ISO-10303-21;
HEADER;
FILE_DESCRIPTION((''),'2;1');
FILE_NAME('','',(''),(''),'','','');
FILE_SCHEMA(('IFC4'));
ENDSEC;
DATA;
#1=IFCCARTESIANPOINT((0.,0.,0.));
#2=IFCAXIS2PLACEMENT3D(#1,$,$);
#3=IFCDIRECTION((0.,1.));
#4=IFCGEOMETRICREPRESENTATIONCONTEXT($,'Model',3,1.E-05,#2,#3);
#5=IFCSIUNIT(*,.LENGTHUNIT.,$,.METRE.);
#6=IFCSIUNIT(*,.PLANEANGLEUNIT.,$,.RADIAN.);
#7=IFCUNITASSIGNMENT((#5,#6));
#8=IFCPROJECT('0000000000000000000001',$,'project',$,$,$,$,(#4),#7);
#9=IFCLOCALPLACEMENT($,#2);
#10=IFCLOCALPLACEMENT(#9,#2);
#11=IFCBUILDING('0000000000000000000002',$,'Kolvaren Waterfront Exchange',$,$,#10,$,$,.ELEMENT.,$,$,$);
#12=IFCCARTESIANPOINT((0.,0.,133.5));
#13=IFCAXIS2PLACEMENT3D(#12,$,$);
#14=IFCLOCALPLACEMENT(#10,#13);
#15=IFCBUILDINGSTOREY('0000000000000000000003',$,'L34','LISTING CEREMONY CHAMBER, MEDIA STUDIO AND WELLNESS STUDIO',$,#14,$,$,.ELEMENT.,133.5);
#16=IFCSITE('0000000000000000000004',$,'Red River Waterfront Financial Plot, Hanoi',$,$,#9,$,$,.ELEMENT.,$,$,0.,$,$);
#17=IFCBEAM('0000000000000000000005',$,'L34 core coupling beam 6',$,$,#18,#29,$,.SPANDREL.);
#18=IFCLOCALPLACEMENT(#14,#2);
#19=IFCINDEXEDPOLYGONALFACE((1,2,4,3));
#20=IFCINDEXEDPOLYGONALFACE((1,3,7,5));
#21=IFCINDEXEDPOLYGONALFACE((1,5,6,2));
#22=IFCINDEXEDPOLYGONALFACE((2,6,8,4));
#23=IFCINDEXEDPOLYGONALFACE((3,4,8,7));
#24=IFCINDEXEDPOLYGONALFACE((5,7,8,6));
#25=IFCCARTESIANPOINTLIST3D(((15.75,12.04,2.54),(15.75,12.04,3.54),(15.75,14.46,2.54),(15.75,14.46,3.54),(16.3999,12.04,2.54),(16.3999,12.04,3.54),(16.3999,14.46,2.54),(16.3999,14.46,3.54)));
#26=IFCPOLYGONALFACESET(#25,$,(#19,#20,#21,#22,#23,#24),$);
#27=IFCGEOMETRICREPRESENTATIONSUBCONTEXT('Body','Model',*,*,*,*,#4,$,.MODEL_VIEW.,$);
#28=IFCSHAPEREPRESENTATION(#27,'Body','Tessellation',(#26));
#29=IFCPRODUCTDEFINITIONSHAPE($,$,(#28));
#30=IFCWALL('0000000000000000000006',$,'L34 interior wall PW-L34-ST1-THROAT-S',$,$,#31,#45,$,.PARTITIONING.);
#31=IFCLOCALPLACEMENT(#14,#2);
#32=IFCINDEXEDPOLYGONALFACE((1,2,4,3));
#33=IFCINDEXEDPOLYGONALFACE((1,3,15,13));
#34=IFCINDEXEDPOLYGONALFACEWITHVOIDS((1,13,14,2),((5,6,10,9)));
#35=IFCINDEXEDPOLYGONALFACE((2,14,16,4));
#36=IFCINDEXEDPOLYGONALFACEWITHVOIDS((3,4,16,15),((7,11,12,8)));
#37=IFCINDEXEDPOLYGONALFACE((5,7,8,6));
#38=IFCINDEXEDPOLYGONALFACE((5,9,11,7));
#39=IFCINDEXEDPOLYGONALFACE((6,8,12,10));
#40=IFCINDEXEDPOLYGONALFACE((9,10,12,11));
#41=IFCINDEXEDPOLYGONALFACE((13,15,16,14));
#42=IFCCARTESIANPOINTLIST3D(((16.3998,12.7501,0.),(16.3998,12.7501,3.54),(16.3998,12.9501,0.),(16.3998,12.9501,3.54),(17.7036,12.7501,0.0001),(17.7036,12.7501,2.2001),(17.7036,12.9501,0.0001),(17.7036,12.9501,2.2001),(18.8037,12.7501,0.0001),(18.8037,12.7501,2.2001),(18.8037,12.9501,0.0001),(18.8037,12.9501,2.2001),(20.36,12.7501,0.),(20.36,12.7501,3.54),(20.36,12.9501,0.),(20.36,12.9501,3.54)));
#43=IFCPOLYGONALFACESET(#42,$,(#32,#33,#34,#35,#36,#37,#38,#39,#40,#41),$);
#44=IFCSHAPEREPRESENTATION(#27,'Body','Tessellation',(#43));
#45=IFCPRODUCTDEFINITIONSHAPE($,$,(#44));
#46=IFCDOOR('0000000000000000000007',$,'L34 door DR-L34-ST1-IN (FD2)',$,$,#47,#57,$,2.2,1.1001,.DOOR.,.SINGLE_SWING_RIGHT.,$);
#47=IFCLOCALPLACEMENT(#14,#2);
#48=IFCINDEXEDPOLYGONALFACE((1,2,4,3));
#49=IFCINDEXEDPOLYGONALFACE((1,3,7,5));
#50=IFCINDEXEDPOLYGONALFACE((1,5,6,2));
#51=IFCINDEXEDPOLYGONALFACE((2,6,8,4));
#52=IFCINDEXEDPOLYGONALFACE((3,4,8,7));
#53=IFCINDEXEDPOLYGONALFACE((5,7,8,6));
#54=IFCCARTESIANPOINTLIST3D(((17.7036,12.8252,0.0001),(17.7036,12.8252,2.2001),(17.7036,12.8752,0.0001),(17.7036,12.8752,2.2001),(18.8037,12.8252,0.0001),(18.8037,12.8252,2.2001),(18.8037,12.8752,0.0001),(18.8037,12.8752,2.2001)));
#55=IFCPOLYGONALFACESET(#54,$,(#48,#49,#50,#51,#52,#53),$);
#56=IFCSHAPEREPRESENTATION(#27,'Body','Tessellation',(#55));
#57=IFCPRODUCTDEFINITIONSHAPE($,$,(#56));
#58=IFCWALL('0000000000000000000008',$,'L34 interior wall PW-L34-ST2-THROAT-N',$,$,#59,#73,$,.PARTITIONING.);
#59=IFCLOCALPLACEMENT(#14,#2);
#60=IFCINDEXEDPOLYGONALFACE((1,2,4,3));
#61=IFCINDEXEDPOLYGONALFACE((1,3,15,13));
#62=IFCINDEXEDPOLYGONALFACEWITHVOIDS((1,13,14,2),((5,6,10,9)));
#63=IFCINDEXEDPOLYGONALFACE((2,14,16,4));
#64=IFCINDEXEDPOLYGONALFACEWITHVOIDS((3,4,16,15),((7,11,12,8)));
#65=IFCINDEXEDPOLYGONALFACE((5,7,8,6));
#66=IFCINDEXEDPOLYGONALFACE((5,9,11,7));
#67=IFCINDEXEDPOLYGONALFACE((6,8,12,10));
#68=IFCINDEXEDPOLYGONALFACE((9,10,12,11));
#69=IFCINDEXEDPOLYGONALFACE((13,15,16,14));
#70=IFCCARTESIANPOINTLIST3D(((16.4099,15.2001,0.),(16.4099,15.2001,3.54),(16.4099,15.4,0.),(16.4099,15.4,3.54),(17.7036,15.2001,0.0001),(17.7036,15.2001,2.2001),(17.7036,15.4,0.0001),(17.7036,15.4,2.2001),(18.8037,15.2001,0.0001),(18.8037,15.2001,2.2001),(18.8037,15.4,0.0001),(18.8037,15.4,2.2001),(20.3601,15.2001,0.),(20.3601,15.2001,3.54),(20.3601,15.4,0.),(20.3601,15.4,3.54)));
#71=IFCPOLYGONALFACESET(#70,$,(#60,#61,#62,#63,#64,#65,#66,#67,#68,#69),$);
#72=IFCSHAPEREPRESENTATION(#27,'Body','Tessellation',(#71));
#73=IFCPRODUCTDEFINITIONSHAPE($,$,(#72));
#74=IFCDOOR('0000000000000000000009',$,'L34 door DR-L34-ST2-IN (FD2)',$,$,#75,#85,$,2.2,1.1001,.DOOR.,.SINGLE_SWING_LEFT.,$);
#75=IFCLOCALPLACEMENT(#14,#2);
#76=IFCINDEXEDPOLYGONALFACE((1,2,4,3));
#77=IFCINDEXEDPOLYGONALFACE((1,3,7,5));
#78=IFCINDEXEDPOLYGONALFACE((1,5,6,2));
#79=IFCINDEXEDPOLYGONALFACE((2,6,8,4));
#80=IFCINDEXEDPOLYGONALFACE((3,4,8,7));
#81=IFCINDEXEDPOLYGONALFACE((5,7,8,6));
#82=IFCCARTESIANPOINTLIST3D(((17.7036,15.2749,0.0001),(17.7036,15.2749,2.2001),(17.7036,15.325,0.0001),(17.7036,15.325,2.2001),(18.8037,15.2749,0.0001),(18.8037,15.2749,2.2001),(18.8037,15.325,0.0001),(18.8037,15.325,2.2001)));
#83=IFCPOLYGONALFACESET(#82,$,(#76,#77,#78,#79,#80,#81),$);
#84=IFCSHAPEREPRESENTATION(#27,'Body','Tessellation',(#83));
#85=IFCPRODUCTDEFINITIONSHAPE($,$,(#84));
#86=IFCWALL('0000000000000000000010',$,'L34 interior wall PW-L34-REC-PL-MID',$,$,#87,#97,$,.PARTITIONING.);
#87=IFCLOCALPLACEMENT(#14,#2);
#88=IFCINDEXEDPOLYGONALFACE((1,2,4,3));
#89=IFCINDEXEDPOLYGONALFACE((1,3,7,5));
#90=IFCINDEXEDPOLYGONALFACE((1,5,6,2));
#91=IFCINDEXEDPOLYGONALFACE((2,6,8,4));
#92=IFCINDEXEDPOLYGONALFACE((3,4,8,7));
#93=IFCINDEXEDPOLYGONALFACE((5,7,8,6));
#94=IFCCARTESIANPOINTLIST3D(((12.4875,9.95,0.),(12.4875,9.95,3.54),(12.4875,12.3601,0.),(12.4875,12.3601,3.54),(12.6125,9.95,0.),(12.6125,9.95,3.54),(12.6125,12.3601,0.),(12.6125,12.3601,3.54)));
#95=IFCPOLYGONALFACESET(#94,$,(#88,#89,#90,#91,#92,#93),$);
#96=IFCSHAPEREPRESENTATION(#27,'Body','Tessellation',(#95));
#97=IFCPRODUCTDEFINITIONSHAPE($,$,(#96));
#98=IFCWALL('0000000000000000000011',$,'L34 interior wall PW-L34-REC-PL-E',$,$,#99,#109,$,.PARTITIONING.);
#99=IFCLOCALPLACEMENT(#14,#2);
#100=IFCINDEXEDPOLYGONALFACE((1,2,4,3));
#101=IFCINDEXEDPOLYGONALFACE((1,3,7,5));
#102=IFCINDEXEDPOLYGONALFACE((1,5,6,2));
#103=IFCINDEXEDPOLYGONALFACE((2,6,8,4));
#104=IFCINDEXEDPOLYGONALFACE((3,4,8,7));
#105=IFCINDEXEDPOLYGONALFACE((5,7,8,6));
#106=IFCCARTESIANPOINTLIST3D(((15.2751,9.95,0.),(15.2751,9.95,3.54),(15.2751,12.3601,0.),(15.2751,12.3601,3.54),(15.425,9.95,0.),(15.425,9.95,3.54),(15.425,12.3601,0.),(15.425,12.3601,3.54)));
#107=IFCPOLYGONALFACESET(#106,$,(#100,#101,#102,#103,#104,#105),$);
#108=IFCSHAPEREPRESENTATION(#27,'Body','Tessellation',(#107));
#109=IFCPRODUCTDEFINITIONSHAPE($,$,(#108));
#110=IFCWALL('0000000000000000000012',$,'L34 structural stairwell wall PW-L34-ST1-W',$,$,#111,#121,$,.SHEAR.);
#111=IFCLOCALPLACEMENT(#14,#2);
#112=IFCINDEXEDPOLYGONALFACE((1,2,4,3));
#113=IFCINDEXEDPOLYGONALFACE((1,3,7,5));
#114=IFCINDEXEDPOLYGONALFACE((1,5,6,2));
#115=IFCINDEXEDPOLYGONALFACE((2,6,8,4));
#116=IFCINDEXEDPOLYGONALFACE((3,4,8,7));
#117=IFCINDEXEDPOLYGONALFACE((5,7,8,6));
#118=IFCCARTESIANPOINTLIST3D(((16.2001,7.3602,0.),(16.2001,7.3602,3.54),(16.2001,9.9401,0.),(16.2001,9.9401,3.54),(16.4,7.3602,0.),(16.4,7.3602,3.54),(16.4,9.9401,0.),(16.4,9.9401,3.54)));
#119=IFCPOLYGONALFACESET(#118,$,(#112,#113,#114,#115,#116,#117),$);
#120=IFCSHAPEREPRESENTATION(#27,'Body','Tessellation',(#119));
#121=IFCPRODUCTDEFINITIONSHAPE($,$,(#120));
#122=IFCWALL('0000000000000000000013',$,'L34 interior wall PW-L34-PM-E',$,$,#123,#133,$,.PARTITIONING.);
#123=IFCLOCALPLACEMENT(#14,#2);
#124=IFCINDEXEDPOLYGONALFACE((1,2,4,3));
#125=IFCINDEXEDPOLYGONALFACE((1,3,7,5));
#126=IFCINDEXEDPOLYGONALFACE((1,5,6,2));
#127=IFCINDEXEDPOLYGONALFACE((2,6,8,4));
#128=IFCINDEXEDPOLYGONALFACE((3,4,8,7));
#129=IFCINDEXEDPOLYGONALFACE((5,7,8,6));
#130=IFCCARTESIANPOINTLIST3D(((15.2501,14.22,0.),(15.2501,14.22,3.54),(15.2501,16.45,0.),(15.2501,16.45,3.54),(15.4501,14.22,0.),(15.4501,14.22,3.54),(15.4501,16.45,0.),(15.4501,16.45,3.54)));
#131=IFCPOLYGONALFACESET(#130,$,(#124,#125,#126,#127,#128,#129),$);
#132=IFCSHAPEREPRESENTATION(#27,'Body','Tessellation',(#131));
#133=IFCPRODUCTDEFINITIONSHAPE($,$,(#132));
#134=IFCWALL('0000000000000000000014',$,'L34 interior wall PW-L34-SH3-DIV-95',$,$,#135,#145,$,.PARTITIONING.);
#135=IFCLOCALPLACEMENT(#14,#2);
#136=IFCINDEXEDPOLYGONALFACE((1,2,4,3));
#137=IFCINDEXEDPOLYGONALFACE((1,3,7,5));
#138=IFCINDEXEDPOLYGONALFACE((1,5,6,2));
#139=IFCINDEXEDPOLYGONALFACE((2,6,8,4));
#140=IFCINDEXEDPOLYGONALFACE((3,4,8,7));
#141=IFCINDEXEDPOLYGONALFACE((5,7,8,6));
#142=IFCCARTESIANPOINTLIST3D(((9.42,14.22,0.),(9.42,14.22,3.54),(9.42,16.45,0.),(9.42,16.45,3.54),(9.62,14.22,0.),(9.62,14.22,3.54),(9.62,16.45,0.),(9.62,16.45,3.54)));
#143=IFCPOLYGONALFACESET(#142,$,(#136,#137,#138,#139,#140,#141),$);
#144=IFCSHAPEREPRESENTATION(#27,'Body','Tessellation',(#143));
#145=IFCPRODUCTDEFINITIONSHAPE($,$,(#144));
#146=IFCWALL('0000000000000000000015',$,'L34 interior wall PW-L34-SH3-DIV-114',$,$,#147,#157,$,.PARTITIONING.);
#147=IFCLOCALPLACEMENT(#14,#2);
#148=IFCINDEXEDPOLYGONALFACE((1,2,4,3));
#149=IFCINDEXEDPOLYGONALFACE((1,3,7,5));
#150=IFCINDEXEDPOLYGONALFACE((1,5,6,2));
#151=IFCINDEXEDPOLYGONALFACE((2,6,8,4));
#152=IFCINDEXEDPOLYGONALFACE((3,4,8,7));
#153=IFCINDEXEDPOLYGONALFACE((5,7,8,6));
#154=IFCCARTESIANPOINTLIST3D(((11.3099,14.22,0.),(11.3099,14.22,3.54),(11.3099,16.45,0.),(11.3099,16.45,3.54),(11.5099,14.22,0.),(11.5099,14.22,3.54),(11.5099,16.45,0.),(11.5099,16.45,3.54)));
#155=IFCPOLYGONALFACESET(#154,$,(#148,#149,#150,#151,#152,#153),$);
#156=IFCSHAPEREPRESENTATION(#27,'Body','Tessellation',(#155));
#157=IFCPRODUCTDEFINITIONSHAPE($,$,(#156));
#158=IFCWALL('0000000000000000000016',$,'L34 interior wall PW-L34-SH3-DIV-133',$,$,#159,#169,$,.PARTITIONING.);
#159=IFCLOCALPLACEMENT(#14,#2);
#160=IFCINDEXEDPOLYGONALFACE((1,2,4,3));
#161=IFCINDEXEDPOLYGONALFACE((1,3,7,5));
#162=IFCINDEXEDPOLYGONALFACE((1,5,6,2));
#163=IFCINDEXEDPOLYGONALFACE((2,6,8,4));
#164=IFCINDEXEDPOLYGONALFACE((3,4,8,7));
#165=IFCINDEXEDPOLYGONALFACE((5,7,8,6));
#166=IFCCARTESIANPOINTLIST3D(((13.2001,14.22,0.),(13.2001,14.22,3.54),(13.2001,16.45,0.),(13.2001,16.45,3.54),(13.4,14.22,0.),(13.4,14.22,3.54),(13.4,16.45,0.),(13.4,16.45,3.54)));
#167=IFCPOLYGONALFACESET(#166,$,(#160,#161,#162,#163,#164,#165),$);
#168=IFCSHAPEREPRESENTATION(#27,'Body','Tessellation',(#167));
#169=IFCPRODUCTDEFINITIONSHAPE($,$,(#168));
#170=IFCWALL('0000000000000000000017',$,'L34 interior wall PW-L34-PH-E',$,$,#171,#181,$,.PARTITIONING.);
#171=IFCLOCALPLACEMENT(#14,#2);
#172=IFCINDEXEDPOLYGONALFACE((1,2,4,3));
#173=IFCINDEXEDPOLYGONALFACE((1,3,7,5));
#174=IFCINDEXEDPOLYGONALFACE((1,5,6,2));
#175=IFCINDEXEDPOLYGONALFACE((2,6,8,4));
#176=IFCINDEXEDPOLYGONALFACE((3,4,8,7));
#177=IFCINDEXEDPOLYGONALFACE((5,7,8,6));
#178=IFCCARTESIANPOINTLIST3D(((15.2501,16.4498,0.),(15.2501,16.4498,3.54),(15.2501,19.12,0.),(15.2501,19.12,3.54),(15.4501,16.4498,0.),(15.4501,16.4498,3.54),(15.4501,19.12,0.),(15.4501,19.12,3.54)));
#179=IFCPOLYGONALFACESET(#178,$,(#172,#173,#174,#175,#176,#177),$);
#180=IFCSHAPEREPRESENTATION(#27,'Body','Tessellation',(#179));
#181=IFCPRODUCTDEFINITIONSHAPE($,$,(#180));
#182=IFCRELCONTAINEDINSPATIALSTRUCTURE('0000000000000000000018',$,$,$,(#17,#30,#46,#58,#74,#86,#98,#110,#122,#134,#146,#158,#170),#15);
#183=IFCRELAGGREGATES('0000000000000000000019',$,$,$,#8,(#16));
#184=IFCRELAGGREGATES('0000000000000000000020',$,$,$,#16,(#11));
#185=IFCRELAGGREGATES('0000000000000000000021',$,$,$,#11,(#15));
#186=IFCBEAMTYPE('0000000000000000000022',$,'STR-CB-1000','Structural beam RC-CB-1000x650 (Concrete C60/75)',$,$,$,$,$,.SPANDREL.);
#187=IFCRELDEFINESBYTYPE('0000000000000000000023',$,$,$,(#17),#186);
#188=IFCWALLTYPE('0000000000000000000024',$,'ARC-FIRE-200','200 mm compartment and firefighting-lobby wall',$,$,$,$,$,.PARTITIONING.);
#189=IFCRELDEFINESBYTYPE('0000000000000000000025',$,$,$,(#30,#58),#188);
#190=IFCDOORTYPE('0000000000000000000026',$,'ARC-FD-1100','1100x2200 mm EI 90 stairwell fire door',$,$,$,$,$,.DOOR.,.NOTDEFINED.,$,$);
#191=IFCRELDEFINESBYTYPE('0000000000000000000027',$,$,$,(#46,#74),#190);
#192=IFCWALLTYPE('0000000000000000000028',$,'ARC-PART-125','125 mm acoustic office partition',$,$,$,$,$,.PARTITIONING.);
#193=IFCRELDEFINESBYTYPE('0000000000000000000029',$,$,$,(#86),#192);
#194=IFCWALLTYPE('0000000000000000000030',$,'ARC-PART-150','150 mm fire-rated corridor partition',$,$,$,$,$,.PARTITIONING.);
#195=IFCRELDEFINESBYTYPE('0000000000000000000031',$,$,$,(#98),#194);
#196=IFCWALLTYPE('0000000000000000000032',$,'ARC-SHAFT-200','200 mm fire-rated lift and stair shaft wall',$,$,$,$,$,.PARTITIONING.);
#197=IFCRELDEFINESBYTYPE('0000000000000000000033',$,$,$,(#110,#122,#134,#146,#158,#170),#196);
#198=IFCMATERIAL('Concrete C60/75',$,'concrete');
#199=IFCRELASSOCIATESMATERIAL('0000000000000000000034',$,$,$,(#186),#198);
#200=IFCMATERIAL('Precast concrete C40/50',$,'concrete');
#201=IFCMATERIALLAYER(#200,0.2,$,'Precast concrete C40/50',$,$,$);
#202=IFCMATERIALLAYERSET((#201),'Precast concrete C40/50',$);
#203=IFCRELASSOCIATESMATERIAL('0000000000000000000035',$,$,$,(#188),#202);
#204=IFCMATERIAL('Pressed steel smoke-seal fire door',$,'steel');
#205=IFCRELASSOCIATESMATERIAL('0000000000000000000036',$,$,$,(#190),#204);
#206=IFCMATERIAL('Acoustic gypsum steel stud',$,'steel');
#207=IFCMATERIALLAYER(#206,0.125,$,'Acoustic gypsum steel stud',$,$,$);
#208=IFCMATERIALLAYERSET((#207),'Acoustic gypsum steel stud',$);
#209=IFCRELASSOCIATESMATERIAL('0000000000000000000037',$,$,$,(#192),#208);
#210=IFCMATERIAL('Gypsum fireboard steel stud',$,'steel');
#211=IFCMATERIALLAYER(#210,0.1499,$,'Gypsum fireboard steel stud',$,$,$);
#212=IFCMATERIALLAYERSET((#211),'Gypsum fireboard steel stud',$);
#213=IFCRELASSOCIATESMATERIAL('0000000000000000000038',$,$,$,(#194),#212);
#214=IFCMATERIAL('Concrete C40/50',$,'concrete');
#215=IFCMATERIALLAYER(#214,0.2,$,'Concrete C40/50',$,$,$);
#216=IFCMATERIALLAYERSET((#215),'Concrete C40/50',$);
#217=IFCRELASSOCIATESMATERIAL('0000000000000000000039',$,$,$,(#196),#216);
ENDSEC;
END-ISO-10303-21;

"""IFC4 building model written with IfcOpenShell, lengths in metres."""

from ifc_helpers import new_model, si_unit, direction, frame, frame_2d, origin, origin_2d, place, context, subcontext, project, spatial, rectangle, extrude, material, layer, layer_set, material_profile, profile_set, type_object, element, fill, save


model = new_model("IFC4")

# Units and contexts
model_context = context("Model", 3, precision=1e-05, world=origin(), true_north=direction((0.0, 1.0)))
body_context = subcontext(model_context, "Body", "Model", "MODEL_VIEW")
ifc_project = project(units=[si_unit("LENGTHUNIT", "METRE"), si_unit("PLANEANGLEUNIT", "RADIAN")], contexts=[model_context])

# Site, building, storey
site_placement = place(None, origin())
site = spatial("IfcSite", under=ifc_project, at=site_placement, Name="Red River Waterfront Financial Plot, Hanoi", CompositionType="ELEMENT", RefElevation=0.0)
building_placement = place(site_placement, origin())
building = spatial("IfcBuilding", under=site, at=building_placement, Name="Kolvaren Waterfront Exchange", CompositionType="ELEMENT")
storey_placement = place(building_placement, frame((0.0, 0.0, 133.5)))
storey = spatial("IfcBuildingStorey", under=building, at=storey_placement, Name="L34", Description="LISTING CEREMONY CHAMBER, MEDIA STUDIO AND WELLNESS STUDIO", CompositionType="ELEMENT", Elevation=133.5)

# Beam
ifc_material_1 = material(Name="Concrete C60/75", Category="concrete")
ifc_material_profile = material_profile(ifc_material_1, rectangle(XDim=0.6499, YDim=1.0, at=origin_2d()), Name="RC-CB-1000x650")
ifc_profile_set = profile_set([ifc_material_profile], Name="Concrete C60/75")
beam_type = type_object("IfcBeamType", Name="STR-CB-1000", Description="Structural beam RC-CB-1000x650 (Concrete C60/75)", PredefinedType="SPANDREL", material=ifc_profile_set)
beam_placement = place(storey_placement, frame((16.075, 12.04, 3.04), z_axis=(0.0, 1.0, 0.0), x_axis=(-1.0, 0.0, 0.0)))
element("IfcBeam", 1, at=beam_placement, inside=storey, type_object=beam_type, Name="L34 core coupling beam 6", PredefinedType="SPANDREL", context=body_context, shape_type="SweptSolid", body=[
    extrude(rectangle(XDim=0.6499, YDim=1.0, at=origin_2d()), origin(), (0.0, 0.0, 1.0), 2.4199),
])

# Walls, openings, doors
ifc_material_2 = material(Name="Precast concrete C40/50", Category="concrete")
ifc_layer_1 = layer(ifc_material_2, 0.2, Name="Precast concrete C40/50")
ifc_layer_set_1 = layer_set([ifc_layer_1], Name="Precast concrete C40/50")
wall_type_1 = type_object("IfcWallType", Name="ARC-FIRE-200", Description="200 mm compartment and firefighting-lobby wall", PredefinedType="PARTITIONING", material=ifc_layer_set_1)
wall_1_placement = place(storey_placement, frame((16.3999, 12.8501, 0.0), z_axis=(0.0, 0.0, 1.0), x_axis=(1.0, 0.0, 0.0)))
wall_1 = element("IfcWall", 2, at=wall_1_placement, inside=storey, type_object=wall_type_1, Name="L34 interior wall PW-L34-ST1-THROAT-S", PredefinedType="PARTITIONING", context=body_context, shape_type="SweptSolid", body=[
    extrude(rectangle(XDim=3.9602, YDim=0.2, at=frame_2d((1.98, 0.0))), origin(), (0.0, 0.0, 1.0), 3.54),
])
opening_1_placement = place(wall_1_placement, frame((1.3037, 0.0, 0.0)))
opening_1 = element("IfcOpeningElement", 3, at=opening_1_placement, cuts=wall_1, PredefinedType="OPENING", context=body_context, shape_type="SweptSolid", body=[
    extrude(rectangle(XDim=1.1001, YDim=2.2, at=frame_2d((0.55, 1.1001))), frame((0.0, 0.1099, 0.0), z_axis=(0.0, -1.0, 0.0), x_axis=(1.0, 0.0, 0.0)), (0.0, 0.0, 1.0), 0.22),
])
ifc_material_3 = material(Name="Pressed steel smoke-seal fire door", Category="steel")
door_type = type_object("IfcDoorType", Name="ARC-FD-1100", Description="1100x2200 mm EI 90 stairwell fire door", OperationType="NOTDEFINED", PredefinedType="DOOR", material=ifc_material_3)
door_1_placement = place(opening_1_placement, frame((1.1001, 0.0, 0.0), z_axis=(0.0, 0.0, 1.0), x_axis=(-1.0, 0.0, 0.0)))
door_1 = element("IfcDoor", 4, at=door_1_placement, inside=storey, type_object=door_type, Name="L34 door DR-L34-ST1-IN (FD2)", OperationType="SINGLE_SWING_RIGHT", OverallHeight=2.2, OverallWidth=1.1001, PredefinedType="DOOR", context=body_context, shape_type="SweptSolid", body=[
    extrude(rectangle(XDim=1.1001, YDim=2.2, at=frame_2d((0.55, 1.1001))), frame((0.0, 0.0249, 0.0), z_axis=(0.0, -1.0, 0.0), x_axis=(1.0, 0.0, 0.0)), (0.0, 0.0, 1.0), 0.05),
])
fill(opening_1, door_1)
wall_2_placement = place(storey_placement, frame((16.4099, 15.3, 0.0), z_axis=(0.0, 0.0, 1.0), x_axis=(1.0, 0.0, 0.0)))
wall_2 = element("IfcWall", 5, at=wall_2_placement, inside=storey, type_object=wall_type_1, Name="L34 interior wall PW-L34-ST2-THROAT-N", PredefinedType="PARTITIONING", context=body_context, shape_type="SweptSolid", body=[
    extrude(rectangle(XDim=3.9502, YDim=0.2, at=frame_2d((1.9751, 0.0))), origin(), (0.0, 0.0, 1.0), 3.54),
])
opening_2_placement = place(wall_2_placement, frame((1.2937, 0.0, 0.0)))
opening_2 = element("IfcOpeningElement", 6, at=opening_2_placement, cuts=wall_2, PredefinedType="OPENING", context=body_context, shape_type="SweptSolid", body=[
    extrude(rectangle(XDim=1.1001, YDim=2.2, at=frame_2d((0.55, 1.1001))), frame((0.0, 0.1099, 0.0), z_axis=(0.0, -1.0, 0.0), x_axis=(1.0, 0.0, 0.0)), (0.0, 0.0, 1.0), 0.22),
])
door_2_placement = place(opening_2_placement, origin())
door_2 = element("IfcDoor", 7, at=door_2_placement, inside=storey, type_object=door_type, Name="L34 door DR-L34-ST2-IN (FD2)", OperationType="SINGLE_SWING_LEFT", OverallHeight=2.2, OverallWidth=1.1001, PredefinedType="DOOR", context=body_context, shape_type="SweptSolid", body=[
    extrude(rectangle(XDim=1.1001, YDim=2.2, at=frame_2d((0.55, 1.1001))), frame((0.0, 0.0249, 0.0), z_axis=(0.0, -1.0, 0.0), x_axis=(1.0, 0.0, 0.0)), (0.0, 0.0, 1.0), 0.05),
])
fill(opening_2, door_2)

# Walls
ifc_material_4 = material(Name="Acoustic gypsum steel stud", Category="steel")
ifc_layer_2 = layer(ifc_material_4, 0.125, Name="Acoustic gypsum steel stud")
ifc_layer_set_2 = layer_set([ifc_layer_2], Name="Acoustic gypsum steel stud")
wall_type_2 = type_object("IfcWallType", Name="ARC-PART-125", Description="125 mm acoustic office partition", PredefinedType="PARTITIONING", material=ifc_layer_set_2)
wall_3_placement = place(storey_placement, frame((12.55, 9.95, 0.0), z_axis=(0.0, 0.0, 1.0), x_axis=(0.0, 1.0, 0.0)))
element("IfcWall", 8, at=wall_3_placement, inside=storey, type_object=wall_type_2, Name="L34 interior wall PW-L34-REC-PL-MID", PredefinedType="PARTITIONING", context=body_context, shape_type="SweptSolid", body=[
    extrude(rectangle(XDim=2.4102, YDim=0.125, at=frame_2d((1.2051, 0.0))), origin(), (0.0, 0.0, 1.0), 3.54),
])
ifc_material_5 = material(Name="Gypsum fireboard steel stud", Category="steel")
ifc_layer_3 = layer(ifc_material_5, 0.1499, Name="Gypsum fireboard steel stud")
ifc_layer_set_3 = layer_set([ifc_layer_3], Name="Gypsum fireboard steel stud")
wall_type_3 = type_object("IfcWallType", Name="ARC-PART-150", Description="150 mm fire-rated corridor partition", PredefinedType="PARTITIONING", material=ifc_layer_set_3)
wall_4_placement = place(storey_placement, frame((15.3501, 9.95, 0.0), z_axis=(0.0, 0.0, 1.0), x_axis=(0.0, 1.0, 0.0)))
element("IfcWall", 9, at=wall_4_placement, inside=storey, type_object=wall_type_3, Name="L34 interior wall PW-L34-REC-PL-E", PredefinedType="PARTITIONING", context=body_context, shape_type="SweptSolid", body=[
    extrude(rectangle(XDim=2.4102, YDim=0.1499, at=frame_2d((1.2051, 0.0))), origin(), (0.0, 0.0, 1.0), 3.54),
])
ifc_material_6 = material(Name="Concrete C40/50", Category="concrete")
ifc_layer_4 = layer(ifc_material_6, 0.2, Name="Concrete C40/50")
ifc_layer_set_4 = layer_set([ifc_layer_4], Name="Concrete C40/50")
wall_type_4 = type_object("IfcWallType", Name="ARC-SHAFT-200", Description="200 mm fire-rated lift and stair shaft wall", PredefinedType="PARTITIONING", material=ifc_layer_set_4)
wall_5_placement = place(storey_placement, frame((16.3, 7.3601, 0.0), z_axis=(0.0, 0.0, 1.0), x_axis=(0.0, 1.0, 0.0)))
element("IfcWall", 10, at=wall_5_placement, inside=storey, type_object=wall_type_4, Name="L34 structural stairwell wall PW-L34-ST1-W", PredefinedType="SHEAR", context=body_context, shape_type="SweptSolid", body=[
    extrude(rectangle(XDim=2.5798, YDim=0.2, at=frame_2d((1.29, 0.0))), origin(), (0.0, 0.0, 1.0), 3.54),
])
for number, where, z_axis, x_axis, name in (
    (11, (15.3501, 14.22, 0.0), (0.0, 0.0, 1.0), (0.0, 1.0, 0.0), "L34 interior wall PW-L34-PM-E"),
    (12, (9.52, 14.22, 0.0), (0.0, 0.0, 1.0), (0.0, 1.0, 0.0), "L34 interior wall PW-L34-SH3-DIV-95"),
    (13, (11.4099, 14.22, 0.0), (0.0, 0.0, 1.0), (0.0, 1.0, 0.0), "L34 interior wall PW-L34-SH3-DIV-114"),
    (14, (13.3, 14.22, 0.0), (0.0, 0.0, 1.0), (0.0, 1.0, 0.0), "L34 interior wall PW-L34-SH3-DIV-133"),
):
    element("IfcWall", number, at=place(storey_placement, frame(where, z_axis=z_axis, x_axis=x_axis)), inside=storey, type_object=wall_type_4, Name=name, PredefinedType="PARTITIONING", context=body_context, shape_type="SweptSolid", body=[
        extrude(rectangle(XDim=2.23, YDim=0.2, at=frame_2d((1.115, 0.0))), origin(), (0.0, 0.0, 1.0), 3.54),
    ])
for number, where, z_axis, x_axis, name in (
    (15, (15.3501, 16.45, 0.0), (0.0, 0.0, 1.0), (0.0, 1.0, 0.0), "L34 interior wall PW-L34-PH-E"),
):
    element("IfcWall", number, at=place(storey_placement, frame(where, z_axis=z_axis, x_axis=x_axis)), inside=storey, type_object=wall_type_4, Name=name, PredefinedType="PARTITIONING", context=body_context, shape_type="SweptSolid", body=[
        extrude(rectangle(XDim=2.6702, YDim=0.2, at=frame_2d((1.335, 0.0))), origin(), (0.0, 0.0, 1.0), 3.54),
    ])

save(model, "model.ifc")
